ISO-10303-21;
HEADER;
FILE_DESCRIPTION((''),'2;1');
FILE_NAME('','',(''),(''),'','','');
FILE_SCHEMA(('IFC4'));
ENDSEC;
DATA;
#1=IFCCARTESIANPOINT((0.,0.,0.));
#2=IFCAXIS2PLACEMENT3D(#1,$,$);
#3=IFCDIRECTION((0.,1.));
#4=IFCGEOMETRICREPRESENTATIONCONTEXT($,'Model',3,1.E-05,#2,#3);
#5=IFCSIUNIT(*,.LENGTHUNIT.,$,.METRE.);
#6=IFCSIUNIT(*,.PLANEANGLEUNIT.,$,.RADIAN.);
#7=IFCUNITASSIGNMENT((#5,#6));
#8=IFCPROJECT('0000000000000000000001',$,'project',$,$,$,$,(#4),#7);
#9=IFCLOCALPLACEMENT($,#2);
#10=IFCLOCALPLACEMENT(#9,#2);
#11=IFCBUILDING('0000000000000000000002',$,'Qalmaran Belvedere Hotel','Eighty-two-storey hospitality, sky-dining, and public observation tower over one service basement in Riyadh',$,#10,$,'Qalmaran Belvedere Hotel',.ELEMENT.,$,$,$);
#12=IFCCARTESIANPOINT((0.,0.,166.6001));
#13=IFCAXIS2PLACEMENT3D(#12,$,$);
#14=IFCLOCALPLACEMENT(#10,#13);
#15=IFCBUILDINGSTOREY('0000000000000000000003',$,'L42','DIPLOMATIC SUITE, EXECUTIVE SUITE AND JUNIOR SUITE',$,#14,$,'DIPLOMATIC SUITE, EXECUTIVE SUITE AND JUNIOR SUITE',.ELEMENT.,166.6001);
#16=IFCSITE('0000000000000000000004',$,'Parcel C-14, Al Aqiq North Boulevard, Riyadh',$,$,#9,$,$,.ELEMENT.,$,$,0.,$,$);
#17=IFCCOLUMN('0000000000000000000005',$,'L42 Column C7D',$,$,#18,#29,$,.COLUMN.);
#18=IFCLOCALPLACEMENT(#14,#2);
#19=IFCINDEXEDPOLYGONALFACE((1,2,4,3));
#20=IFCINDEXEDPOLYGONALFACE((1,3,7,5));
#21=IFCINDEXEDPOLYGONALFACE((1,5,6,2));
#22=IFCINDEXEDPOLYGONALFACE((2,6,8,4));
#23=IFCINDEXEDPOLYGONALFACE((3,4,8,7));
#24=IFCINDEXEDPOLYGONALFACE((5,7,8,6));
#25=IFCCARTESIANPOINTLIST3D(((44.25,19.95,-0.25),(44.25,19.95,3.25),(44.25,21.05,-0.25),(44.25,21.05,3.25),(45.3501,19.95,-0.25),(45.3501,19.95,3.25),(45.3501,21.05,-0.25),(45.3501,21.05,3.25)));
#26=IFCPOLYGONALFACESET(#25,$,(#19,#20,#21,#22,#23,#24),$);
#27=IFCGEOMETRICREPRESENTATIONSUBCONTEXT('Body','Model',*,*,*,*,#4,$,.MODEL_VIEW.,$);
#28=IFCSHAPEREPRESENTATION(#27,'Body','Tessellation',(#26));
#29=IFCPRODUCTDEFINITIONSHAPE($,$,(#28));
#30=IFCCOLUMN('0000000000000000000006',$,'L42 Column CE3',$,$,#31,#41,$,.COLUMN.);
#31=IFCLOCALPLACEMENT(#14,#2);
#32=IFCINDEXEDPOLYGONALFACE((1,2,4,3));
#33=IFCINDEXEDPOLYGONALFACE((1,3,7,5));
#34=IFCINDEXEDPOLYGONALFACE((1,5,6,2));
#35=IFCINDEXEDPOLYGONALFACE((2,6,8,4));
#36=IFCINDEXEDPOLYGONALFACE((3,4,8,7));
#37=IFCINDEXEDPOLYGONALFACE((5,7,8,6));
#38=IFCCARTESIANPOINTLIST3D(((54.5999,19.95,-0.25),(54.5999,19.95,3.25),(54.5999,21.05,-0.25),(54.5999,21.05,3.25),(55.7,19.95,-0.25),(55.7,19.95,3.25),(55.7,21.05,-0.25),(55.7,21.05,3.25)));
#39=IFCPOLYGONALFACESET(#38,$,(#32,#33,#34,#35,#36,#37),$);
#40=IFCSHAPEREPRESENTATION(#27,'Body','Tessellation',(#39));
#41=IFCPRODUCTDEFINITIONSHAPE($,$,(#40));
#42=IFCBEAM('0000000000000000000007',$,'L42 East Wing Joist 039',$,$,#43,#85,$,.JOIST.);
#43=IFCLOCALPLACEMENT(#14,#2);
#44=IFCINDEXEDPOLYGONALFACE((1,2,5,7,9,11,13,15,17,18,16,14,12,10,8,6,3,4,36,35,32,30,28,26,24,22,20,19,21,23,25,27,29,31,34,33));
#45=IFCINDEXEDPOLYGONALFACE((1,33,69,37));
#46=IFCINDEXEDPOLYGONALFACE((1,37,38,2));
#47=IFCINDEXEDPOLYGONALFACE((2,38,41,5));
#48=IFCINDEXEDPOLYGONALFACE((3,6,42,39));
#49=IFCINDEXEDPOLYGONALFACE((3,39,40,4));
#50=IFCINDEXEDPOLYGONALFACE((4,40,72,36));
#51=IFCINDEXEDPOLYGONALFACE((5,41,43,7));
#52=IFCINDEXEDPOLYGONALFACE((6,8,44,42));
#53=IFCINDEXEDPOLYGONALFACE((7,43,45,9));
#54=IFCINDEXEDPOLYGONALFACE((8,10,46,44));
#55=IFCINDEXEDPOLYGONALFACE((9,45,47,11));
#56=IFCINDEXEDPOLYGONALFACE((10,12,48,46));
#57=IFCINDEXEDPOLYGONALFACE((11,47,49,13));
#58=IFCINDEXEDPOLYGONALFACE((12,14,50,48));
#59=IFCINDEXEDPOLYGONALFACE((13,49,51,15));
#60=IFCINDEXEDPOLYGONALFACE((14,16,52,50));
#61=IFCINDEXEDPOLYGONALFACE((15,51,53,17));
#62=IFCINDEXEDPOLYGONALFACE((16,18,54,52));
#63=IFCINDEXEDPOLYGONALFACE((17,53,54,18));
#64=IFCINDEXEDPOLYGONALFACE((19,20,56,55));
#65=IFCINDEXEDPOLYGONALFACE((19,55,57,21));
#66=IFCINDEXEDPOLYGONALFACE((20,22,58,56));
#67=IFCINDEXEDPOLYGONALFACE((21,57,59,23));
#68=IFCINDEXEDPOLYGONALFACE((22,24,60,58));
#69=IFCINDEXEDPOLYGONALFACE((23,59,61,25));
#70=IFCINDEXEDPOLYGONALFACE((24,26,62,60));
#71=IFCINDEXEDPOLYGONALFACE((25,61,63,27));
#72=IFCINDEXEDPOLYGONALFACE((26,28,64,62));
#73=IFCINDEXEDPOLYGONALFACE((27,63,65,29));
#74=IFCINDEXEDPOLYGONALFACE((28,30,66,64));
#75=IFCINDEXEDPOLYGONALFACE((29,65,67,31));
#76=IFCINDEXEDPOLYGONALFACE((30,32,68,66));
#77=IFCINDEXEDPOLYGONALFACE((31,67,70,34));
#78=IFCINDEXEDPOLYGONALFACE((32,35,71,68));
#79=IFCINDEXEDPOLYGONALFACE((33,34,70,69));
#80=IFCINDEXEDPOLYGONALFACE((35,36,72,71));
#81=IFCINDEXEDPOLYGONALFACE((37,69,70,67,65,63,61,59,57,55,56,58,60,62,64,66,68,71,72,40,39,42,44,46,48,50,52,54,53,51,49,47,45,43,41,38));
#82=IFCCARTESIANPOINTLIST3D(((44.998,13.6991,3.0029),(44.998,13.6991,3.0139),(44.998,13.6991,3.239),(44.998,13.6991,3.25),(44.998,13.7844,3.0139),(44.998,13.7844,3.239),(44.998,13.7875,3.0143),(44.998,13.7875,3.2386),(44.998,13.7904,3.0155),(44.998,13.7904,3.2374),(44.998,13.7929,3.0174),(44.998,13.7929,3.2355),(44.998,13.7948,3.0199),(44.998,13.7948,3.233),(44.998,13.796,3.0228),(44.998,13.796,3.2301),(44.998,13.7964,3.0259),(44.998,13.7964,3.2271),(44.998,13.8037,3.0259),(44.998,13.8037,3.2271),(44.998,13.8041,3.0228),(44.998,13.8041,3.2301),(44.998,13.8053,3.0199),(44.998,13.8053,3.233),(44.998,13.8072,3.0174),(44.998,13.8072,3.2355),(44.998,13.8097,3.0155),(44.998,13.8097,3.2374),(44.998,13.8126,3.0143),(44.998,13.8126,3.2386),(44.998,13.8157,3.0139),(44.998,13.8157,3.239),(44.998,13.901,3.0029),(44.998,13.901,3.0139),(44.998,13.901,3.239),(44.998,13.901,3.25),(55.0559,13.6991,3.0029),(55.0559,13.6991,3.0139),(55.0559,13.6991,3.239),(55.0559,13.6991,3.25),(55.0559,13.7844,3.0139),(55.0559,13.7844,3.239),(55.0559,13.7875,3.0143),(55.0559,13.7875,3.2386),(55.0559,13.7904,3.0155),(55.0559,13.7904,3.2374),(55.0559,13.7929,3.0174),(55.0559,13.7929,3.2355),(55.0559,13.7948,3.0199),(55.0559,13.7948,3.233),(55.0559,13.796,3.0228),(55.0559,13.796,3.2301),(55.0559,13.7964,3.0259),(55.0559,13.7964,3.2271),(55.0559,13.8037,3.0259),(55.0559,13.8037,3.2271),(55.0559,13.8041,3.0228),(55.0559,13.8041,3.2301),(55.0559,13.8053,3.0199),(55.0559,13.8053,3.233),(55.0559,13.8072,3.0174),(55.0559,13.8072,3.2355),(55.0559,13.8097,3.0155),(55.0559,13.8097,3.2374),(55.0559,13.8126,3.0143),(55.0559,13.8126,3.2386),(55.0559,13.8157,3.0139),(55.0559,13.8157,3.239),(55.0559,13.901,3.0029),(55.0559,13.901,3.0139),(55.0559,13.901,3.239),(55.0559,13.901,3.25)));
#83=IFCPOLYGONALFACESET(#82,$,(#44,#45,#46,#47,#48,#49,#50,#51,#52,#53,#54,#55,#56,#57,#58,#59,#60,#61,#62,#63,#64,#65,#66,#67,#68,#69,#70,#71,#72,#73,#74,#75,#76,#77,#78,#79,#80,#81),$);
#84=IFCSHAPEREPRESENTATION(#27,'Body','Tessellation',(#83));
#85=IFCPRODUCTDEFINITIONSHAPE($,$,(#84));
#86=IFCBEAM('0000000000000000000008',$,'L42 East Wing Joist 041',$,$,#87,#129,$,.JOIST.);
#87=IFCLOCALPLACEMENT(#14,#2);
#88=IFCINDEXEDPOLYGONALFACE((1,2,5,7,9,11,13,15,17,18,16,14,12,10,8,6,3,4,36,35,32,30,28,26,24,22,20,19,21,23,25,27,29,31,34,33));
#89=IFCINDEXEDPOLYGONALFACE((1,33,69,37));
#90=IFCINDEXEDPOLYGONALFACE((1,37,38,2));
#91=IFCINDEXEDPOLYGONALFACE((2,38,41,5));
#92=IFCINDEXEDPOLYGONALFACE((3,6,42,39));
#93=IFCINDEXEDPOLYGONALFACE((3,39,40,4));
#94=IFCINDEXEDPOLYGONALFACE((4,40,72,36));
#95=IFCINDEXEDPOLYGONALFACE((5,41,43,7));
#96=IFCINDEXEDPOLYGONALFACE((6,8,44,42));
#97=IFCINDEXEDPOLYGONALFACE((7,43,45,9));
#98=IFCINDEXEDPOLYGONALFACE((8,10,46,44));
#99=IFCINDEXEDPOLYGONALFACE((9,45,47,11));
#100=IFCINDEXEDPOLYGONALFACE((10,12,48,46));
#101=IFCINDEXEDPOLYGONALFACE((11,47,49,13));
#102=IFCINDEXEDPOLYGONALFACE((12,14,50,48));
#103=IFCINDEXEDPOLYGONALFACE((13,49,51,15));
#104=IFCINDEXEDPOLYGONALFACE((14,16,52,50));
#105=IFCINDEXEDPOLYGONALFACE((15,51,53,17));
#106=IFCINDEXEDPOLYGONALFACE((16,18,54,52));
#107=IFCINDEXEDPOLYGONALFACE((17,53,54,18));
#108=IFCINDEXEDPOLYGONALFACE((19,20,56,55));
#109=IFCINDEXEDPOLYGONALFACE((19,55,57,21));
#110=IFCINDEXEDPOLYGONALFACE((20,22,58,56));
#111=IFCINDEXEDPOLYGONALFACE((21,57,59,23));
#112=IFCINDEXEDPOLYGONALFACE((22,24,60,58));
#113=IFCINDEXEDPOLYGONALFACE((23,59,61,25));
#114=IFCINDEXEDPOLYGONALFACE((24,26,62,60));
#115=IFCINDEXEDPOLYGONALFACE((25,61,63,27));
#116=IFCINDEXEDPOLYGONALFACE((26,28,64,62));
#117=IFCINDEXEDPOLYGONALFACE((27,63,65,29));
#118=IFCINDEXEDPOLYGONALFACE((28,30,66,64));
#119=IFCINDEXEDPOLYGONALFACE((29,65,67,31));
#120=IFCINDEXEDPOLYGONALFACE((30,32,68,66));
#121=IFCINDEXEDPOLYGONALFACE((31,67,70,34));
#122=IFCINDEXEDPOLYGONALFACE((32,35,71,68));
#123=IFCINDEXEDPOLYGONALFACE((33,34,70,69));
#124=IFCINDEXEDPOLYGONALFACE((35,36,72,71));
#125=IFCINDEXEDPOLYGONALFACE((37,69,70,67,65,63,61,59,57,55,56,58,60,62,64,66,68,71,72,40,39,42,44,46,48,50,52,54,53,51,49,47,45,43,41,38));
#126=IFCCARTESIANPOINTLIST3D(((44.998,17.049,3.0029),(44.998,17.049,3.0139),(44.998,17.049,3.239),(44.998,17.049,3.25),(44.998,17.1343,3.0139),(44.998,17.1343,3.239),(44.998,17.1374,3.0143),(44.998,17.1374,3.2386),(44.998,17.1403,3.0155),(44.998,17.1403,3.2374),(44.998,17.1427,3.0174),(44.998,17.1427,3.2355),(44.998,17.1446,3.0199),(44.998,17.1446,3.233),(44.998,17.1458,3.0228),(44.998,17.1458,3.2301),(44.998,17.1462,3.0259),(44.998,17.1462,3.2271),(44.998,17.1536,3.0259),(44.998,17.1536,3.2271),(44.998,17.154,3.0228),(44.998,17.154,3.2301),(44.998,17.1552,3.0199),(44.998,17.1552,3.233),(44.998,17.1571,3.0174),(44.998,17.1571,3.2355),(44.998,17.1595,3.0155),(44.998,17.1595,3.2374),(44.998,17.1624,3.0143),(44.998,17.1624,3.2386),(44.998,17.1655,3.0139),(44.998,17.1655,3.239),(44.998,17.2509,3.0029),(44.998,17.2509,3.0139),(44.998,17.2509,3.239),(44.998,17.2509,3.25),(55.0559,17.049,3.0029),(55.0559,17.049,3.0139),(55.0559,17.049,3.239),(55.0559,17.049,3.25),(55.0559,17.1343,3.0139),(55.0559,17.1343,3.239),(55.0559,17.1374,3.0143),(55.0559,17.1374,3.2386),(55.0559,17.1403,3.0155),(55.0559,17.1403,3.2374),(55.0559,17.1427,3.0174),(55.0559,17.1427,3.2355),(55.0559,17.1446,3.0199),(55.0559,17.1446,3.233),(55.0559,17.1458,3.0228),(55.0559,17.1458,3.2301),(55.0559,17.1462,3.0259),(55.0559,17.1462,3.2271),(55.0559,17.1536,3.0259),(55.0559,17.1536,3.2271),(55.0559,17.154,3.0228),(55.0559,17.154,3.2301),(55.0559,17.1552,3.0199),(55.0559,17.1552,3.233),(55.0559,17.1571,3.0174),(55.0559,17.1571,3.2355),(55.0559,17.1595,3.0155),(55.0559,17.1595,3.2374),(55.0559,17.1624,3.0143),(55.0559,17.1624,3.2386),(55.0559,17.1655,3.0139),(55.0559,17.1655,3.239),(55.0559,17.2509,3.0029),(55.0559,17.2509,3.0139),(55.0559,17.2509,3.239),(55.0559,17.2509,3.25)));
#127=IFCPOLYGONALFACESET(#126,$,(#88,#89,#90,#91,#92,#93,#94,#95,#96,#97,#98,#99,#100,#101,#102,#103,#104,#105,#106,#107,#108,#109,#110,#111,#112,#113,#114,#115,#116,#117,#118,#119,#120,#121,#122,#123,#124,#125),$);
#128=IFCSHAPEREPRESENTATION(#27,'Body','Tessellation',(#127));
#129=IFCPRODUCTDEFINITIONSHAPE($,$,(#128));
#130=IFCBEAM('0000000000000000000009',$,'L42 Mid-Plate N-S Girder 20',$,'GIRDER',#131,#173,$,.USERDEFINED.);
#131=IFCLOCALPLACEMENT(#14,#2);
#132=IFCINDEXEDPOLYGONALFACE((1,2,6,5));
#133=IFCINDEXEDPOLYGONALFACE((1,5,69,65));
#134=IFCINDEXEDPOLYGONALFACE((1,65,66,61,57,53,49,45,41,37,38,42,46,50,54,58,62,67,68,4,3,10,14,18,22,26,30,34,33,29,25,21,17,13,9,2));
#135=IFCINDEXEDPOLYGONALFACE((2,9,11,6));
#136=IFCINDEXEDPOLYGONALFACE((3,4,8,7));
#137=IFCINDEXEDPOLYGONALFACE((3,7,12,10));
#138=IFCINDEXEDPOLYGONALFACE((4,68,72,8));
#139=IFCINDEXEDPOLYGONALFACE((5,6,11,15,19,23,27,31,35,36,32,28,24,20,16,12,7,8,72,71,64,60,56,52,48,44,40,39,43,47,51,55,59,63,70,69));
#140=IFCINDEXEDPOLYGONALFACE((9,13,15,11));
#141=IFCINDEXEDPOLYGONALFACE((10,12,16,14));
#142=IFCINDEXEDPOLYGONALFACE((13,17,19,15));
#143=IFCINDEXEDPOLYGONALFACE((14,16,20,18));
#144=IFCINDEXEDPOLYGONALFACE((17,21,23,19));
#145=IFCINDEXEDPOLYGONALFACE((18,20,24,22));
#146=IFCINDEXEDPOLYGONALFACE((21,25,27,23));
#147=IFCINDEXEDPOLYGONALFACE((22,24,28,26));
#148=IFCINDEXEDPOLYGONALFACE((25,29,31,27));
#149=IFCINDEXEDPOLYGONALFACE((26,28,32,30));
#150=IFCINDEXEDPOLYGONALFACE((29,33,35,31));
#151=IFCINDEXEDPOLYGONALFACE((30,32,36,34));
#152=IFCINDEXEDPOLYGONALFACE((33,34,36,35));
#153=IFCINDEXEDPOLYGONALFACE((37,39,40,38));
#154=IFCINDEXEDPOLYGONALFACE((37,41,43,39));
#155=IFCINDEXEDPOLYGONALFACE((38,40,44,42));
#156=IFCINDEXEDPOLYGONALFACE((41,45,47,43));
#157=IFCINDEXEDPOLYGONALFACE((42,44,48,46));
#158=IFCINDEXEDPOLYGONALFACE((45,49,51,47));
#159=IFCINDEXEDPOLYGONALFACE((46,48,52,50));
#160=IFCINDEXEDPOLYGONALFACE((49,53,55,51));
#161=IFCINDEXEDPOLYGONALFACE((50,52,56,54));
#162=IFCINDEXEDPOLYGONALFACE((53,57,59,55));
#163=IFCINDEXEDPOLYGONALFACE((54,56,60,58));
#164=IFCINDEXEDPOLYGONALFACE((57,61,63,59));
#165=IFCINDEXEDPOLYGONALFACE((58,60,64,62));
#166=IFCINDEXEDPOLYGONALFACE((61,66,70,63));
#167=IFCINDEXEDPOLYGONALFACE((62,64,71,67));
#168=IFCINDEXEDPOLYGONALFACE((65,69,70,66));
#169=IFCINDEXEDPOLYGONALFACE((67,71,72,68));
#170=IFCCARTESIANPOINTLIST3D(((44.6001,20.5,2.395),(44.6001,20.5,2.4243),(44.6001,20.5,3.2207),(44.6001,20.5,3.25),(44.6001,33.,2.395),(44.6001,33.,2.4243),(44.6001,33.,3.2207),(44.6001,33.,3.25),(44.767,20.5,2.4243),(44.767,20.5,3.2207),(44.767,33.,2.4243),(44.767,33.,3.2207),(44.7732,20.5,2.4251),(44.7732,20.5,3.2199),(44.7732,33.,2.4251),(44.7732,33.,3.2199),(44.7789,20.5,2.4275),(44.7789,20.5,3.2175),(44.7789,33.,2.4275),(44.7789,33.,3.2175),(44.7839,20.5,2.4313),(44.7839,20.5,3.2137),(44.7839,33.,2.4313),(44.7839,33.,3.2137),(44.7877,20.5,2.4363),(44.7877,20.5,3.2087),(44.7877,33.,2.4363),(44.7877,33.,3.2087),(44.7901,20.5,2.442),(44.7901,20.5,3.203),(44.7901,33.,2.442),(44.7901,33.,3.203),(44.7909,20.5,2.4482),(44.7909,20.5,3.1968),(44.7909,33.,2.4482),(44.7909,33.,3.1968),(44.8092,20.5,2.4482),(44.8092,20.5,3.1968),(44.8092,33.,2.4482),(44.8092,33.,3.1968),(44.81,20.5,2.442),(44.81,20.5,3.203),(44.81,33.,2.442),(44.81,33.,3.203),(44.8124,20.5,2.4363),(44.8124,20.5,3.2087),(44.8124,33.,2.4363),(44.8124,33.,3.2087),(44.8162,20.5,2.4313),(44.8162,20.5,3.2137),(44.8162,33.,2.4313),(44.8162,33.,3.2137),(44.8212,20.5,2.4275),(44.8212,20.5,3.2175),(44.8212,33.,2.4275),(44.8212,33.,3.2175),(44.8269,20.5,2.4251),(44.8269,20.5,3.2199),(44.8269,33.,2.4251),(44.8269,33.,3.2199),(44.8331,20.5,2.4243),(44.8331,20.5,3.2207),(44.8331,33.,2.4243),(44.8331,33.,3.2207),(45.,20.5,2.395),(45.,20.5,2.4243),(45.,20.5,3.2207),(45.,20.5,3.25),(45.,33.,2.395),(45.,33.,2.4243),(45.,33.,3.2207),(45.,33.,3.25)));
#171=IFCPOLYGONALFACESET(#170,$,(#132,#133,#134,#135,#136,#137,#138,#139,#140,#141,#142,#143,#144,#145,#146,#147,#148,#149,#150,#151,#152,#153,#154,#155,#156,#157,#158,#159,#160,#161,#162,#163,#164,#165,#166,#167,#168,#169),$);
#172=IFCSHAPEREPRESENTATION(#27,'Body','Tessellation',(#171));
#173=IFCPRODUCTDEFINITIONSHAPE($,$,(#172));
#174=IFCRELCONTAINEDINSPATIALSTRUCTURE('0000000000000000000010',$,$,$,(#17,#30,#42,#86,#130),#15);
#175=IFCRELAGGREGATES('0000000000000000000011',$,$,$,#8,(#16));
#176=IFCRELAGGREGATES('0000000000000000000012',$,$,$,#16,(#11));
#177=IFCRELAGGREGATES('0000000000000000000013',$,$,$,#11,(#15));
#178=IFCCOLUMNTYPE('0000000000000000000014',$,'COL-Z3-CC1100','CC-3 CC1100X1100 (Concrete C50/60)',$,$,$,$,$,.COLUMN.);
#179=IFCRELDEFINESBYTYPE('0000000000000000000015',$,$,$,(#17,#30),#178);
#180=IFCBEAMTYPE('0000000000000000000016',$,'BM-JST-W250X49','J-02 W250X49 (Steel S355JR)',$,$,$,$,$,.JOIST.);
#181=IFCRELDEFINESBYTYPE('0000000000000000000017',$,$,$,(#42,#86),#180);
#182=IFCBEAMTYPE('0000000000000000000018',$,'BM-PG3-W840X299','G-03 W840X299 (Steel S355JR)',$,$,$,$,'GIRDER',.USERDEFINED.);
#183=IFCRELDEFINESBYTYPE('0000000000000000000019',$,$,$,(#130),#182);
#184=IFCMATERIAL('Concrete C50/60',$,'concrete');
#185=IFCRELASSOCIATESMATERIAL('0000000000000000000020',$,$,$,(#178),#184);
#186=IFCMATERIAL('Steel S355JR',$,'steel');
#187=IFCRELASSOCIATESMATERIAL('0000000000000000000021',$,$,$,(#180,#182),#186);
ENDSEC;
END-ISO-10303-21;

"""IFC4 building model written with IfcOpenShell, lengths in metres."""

from ifc_helpers import new_model, si_unit, direction, frame, origin, origin_2d, place, context, subcontext, project, spatial, rectangle, i_section, extrude, material, material_profile, profile_set, type_object, element, save


model = new_model("IFC4")

# Units and contexts
model_context = context("Model", 3, precision=1e-05, world=origin(), true_north=direction((0.0, 1.0)))
body_context = subcontext(model_context, "Body", "Model", "MODEL_VIEW")
ifc_project = project(units=[si_unit("LENGTHUNIT", "METRE"), si_unit("PLANEANGLEUNIT", "RADIAN")], contexts=[model_context])

# Site, building, storey
site_placement = place(None, origin())
site = spatial("IfcSite", under=ifc_project, at=site_placement, Name="Parcel C-14, Al Aqiq North Boulevard, Riyadh", CompositionType="ELEMENT", RefElevation=0.0)
building_placement = place(site_placement, origin())
building = spatial("IfcBuilding", under=site, at=building_placement, Name="Qalmaran Belvedere Hotel", Description="Eighty-two-storey hospitality, sky-dining, and public observation tower over one service basement in Riyadh", LongName="Qalmaran Belvedere Hotel", CompositionType="ELEMENT")
storey_placement = place(building_placement, frame((0.0, 0.0, 166.6001)))
storey = spatial("IfcBuildingStorey", under=building, at=storey_placement, Name="L42", Description="DIPLOMATIC SUITE, EXECUTIVE SUITE AND JUNIOR SUITE", LongName="DIPLOMATIC SUITE, EXECUTIVE SUITE AND JUNIOR SUITE", CompositionType="ELEMENT", Elevation=166.6001)

# Columns
ifc_material_1 = material(Name="Concrete C50/60", Category="concrete")
ifc_material_profile_1 = material_profile(ifc_material_1, rectangle(XDim=1.1001, YDim=1.1001, at=origin_2d()), Name="CC1100X1100")
ifc_profile_set_1 = profile_set([ifc_material_profile_1], Name="Concrete C50/60")
column_type = type_object("IfcColumnType", Name="COL-Z3-CC1100", Description="CC-3 CC1100X1100 (Concrete C50/60)", PredefinedType="COLUMN", material=ifc_profile_set_1)
for number, where, z_axis, x_axis, name in (
    (1, (44.8, 20.5, -0.25), (0.0, 0.0, 1.0), (1.0, 0.0, 0.0), "L42 Column C7D"),
    (2, (55.1499, 20.5, -0.25), (0.0, 0.0, 1.0), (1.0, 0.0, 0.0), "L42 Column CE3"),
):
    element("IfcColumn", number, at=place(storey_placement, frame(where, z_axis=z_axis, x_axis=x_axis)), inside=storey, type_object=column_type, Name=name, PredefinedType="COLUMN", context=body_context, shape_type="SweptSolid", body=[
        extrude(rectangle(XDim=1.1001, YDim=1.1001, at=origin_2d()), origin(), (0.0, 0.0, 1.0), 3.5),
    ])

# Beams
ifc_material_2 = material(Name="Steel S355JR", Category="steel")
ifc_material_profile_2 = material_profile(ifc_material_2, i_section(OverallWidth=0.2019, OverallDepth=0.2471, WebThickness=0.0073, FlangeThickness=0.011, FilletRadius=0.012, at=origin_2d()), Name="W250X49")
ifc_profile_set_2 = profile_set([ifc_material_profile_2], Name="Steel S355JR")
beam_type_1 = type_object("IfcBeamType", Name="BM-JST-W250X49", Description="J-02 W250X49 (Steel S355JR)", PredefinedType="JOIST", material=ifc_profile_set_2)
for number, where, z_axis, x_axis, name in (
    (3, (44.998, 13.8, 3.1265), (1.0, 0.0, 0.0), (0.0, 1.0, 0.0), "L42 East Wing Joist 039"),
    (4, (44.998, 17.1499, 3.1265), (1.0, 0.0, 0.0), (0.0, 1.0, 0.0), "L42 East Wing Joist 041"),
):
    element("IfcBeam", number, at=place(storey_placement, frame(where, z_axis=z_axis, x_axis=x_axis)), inside=storey, type_object=beam_type_1, Name=name, PredefinedType="JOIST", context=body_context, shape_type="SweptSolid", body=[
        extrude(i_section(OverallWidth=0.2019, OverallDepth=0.2471, WebThickness=0.0073, FlangeThickness=0.011, FilletRadius=0.012, at=origin_2d()), origin(), (0.0, 0.0, 1.0), 10.0579),
    ])
ifc_material_profile_3 = material_profile(ifc_material_2, i_section(OverallWidth=0.3999, OverallDepth=0.855, WebThickness=0.0183, FlangeThickness=0.0293, FilletRadius=0.0239, at=origin_2d()), Name="W840X299")
ifc_profile_set_3 = profile_set([ifc_material_profile_3], Name="Steel S355JR")
beam_type_2 = type_object("IfcBeamType", Name="BM-PG3-W840X299", Description="G-03 W840X299 (Steel S355JR)", ElementType="GIRDER", PredefinedType="USERDEFINED", material=ifc_profile_set_3)
beam_1_placement = place(storey_placement, frame((44.8, 20.5, 2.8225), z_axis=(0.0, 1.0, 0.0), x_axis=(-1.0, 0.0, 0.0)))
element("IfcBeam", 5, at=beam_1_placement, inside=storey, type_object=beam_type_2, Name="L42 Mid-Plate N-S Girder 20", ObjectType="GIRDER", PredefinedType="USERDEFINED", context=body_context, shape_type="SweptSolid", body=[
    extrude(i_section(OverallWidth=0.3999, OverallDepth=0.855, WebThickness=0.0183, FlangeThickness=0.0293, FilletRadius=0.0239, at=origin_2d()), origin(), (0.0, 0.0, 1.0), 12.5),
])

save(model, "model.ifc")
